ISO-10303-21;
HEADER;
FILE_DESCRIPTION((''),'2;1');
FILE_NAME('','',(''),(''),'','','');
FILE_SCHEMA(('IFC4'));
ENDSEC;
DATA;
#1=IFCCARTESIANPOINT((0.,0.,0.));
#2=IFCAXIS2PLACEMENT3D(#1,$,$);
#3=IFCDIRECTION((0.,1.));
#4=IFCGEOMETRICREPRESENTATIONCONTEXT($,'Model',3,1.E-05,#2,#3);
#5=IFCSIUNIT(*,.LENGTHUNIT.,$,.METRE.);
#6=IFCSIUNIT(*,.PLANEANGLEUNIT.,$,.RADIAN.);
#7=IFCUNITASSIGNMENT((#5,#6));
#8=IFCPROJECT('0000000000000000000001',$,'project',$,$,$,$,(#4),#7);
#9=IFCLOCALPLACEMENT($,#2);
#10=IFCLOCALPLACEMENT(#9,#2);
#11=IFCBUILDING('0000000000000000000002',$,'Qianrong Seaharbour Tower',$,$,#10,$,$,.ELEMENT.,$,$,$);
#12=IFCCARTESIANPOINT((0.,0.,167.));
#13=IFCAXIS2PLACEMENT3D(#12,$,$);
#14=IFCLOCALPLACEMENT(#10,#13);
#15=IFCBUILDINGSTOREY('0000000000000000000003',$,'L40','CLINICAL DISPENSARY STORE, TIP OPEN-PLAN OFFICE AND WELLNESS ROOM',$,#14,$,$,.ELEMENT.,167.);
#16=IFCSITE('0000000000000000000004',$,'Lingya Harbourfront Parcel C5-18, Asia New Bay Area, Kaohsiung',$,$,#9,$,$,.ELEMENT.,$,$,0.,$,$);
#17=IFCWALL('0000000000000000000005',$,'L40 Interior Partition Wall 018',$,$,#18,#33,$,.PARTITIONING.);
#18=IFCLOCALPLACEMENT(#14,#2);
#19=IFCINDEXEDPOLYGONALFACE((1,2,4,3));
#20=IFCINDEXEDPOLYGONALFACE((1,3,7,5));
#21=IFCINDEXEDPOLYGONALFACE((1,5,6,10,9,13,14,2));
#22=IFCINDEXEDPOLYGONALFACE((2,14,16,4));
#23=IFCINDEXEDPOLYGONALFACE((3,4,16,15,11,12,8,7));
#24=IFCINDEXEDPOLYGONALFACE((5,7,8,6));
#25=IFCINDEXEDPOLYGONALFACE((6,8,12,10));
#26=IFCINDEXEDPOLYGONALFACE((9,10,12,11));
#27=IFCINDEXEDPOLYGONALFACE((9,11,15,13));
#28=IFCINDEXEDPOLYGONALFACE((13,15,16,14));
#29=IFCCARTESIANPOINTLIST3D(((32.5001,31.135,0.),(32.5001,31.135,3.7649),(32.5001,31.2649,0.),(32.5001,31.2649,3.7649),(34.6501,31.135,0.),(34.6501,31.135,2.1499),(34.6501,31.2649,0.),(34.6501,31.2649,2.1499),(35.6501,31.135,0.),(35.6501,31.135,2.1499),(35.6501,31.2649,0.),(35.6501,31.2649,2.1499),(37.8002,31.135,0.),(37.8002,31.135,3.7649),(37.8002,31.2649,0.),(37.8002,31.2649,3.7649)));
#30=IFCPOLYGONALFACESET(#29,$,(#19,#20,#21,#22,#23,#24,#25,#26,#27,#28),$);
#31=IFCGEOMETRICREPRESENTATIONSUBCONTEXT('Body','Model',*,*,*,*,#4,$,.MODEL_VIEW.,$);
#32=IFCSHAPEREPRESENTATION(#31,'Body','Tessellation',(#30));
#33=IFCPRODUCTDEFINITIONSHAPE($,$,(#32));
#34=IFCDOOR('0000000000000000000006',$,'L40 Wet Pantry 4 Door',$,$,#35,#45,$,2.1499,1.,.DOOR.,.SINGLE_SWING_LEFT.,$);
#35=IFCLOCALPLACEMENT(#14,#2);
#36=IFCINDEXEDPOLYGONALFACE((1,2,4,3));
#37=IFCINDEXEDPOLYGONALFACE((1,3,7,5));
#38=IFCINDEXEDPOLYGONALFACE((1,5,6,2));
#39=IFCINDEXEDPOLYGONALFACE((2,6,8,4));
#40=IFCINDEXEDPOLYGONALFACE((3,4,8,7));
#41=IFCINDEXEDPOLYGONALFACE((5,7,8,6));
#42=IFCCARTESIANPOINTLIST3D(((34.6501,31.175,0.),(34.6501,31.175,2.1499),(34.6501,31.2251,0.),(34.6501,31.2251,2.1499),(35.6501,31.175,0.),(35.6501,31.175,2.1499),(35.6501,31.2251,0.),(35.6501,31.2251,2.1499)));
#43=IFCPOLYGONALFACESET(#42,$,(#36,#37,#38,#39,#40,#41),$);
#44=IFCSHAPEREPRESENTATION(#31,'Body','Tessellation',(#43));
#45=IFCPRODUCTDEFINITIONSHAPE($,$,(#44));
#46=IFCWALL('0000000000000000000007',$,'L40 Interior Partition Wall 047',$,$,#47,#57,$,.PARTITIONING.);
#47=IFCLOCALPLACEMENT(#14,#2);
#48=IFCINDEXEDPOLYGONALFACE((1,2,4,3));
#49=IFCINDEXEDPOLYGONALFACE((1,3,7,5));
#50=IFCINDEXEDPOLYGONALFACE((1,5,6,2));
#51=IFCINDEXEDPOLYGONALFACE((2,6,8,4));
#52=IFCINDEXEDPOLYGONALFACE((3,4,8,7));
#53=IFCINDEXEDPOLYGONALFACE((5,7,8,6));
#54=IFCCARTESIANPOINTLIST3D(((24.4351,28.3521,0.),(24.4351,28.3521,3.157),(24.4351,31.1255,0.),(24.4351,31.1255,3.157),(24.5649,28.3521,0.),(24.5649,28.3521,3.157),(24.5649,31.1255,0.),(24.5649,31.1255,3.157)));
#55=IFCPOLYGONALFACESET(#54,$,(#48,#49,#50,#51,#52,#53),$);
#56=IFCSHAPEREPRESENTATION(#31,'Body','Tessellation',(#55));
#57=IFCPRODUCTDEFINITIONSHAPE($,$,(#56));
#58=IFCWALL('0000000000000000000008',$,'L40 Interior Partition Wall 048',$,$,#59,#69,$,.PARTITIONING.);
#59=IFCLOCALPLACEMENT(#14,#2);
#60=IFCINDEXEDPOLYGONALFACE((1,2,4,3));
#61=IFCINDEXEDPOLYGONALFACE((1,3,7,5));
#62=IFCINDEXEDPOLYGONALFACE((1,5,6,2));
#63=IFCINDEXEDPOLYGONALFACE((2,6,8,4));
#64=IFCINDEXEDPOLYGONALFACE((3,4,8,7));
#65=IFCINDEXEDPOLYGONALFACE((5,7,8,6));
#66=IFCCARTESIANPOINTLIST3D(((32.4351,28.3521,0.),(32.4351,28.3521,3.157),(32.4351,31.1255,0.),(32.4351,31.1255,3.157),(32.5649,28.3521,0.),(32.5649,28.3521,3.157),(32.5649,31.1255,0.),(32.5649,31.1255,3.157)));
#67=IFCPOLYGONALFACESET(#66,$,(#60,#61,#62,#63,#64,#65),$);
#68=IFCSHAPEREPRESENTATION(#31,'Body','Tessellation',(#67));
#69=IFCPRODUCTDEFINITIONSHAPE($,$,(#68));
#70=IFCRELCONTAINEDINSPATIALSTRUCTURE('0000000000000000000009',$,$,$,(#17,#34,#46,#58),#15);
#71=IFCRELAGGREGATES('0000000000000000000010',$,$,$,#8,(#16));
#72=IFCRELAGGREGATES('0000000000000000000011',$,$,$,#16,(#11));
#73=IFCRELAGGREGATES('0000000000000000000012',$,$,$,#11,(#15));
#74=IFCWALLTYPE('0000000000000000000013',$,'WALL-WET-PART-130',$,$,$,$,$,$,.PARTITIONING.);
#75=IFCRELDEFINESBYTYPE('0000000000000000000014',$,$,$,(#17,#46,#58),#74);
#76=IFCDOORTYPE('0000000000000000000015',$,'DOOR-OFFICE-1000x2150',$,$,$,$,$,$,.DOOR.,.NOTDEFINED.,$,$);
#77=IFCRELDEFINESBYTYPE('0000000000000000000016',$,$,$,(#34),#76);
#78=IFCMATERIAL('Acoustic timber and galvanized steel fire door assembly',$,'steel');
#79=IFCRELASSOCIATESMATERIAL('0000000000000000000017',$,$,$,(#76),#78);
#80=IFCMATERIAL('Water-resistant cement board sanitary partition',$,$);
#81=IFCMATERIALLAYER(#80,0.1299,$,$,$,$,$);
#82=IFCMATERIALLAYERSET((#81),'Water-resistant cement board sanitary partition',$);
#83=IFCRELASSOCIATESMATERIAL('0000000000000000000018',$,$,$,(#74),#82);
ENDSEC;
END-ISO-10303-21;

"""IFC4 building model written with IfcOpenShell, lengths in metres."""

from ifc_helpers import new_model, si_unit, direction, frame, frame_2d, origin, place, context, subcontext, project, spatial, rectangle, extrude, material, layer, layer_set, type_object, element, fill, save


model = new_model("IFC4")

# Units and contexts
model_context = context("Model", 3, precision=1e-05, world=origin(), true_north=direction((0.0, 1.0)))
body_context = subcontext(model_context, "Body", "Model", "MODEL_VIEW")
ifc_project = project(units=[si_unit("LENGTHUNIT", "METRE"), si_unit("PLANEANGLEUNIT", "RADIAN")], contexts=[model_context])

# Site, building, storey
site_placement = place(None, origin())
site = spatial("IfcSite", under=ifc_project, at=site_placement, Name="Lingya Harbourfront Parcel C5-18, Asia New Bay Area, Kaohsiung", CompositionType="ELEMENT", RefElevation=0.0)
building_placement = place(site_placement, origin())
building = spatial("IfcBuilding", under=site, at=building_placement, Name="Qianrong Seaharbour Tower", CompositionType="ELEMENT")
storey_placement = place(building_placement, frame((0.0, 0.0, 167.0)))
storey = spatial("IfcBuildingStorey", under=building, at=storey_placement, Name="L40", Description="CLINICAL DISPENSARY STORE, TIP OPEN-PLAN OFFICE AND WELLNESS ROOM", CompositionType="ELEMENT", Elevation=167.0)

# Shared definitions
ifc_material_1 = material(Name="Acoustic timber and galvanized steel fire door assembly", Category="steel")
door_type = type_object("IfcDoorType", Name="DOOR-OFFICE-1000x2150", OperationType="NOTDEFINED", PredefinedType="DOOR", material=ifc_material_1)

# Wall, opening, door
ifc_material_2 = material(Name="Water-resistant cement board sanitary partition")
ifc_layer_1 = layer(ifc_material_2, 0.1299)
ifc_layer_set_1 = layer_set([ifc_layer_1], Name="Water-resistant cement board sanitary partition")
wall_type_1 = type_object("IfcWallType", Name="WALL-WET-PART-130", PredefinedType="PARTITIONING", material=ifc_layer_set_1)
wall_1_placement = place(storey_placement, frame((37.8, 31.2, 0.0), z_axis=(0.0, 0.0, 1.0), x_axis=(-1.0, 0.0, 0.0)))
wall_1 = element("IfcWall", 1, at=wall_1_placement, inside=storey, type_object=wall_type_1, Name="L40 Interior Partition Wall 018", PredefinedType="PARTITIONING", context=body_context, shape_type="SweptSolid", body=[
    extrude(rectangle(XDim=5.3, YDim=0.1299, at=frame_2d((2.6499, 0.0))), origin(), (0.0, 0.0, 1.0), 3.7649),
])
opening_1_placement = place(wall_1_placement, frame((2.1499, 0.0, 0.0)))
opening_1 = element("IfcOpeningElement", 2, at=opening_1_placement, cuts=wall_1, PredefinedType="OPENING", context=body_context, shape_type="SweptSolid", body=[
    extrude(rectangle(XDim=1.0, YDim=2.1499, at=frame_2d((0.5, 1.075))), frame((0.0, 0.075, 0.0), z_axis=(0.0, -1.0, 0.0), x_axis=(1.0, 0.0, 0.0)), (0.0, 0.0, 1.0), 0.1499),
])
door_1_placement = place(opening_1_placement, origin())
door_1 = element("IfcDoor", 3, at=door_1_placement, inside=storey, type_object=door_type, Name="L40 Wet Pantry 4 Door", OperationType="SINGLE_SWING_LEFT", OverallHeight=2.1499, OverallWidth=1.0, PredefinedType="DOOR", context=body_context, shape_type="SweptSolid", body=[
    extrude(rectangle(XDim=1.0, YDim=2.1499, at=frame_2d((0.5, 1.075))), frame((0.0, 0.0249, 0.0), z_axis=(0.0, -1.0, 0.0), x_axis=(1.0, 0.0, 0.0)), (0.0, 0.0, 1.0), 0.05),
])
fill(opening_1, door_1)

# Walls
for number, where, z_axis, x_axis, name in (
    (4, (24.5, 31.1255, 0.0), (0.0, 0.0, 1.0), (0.0, -1.0, 0.0), "L40 Interior Partition Wall 047"),
    (5, (32.5, 31.1255, 0.0), (0.0, 0.0, 1.0), (0.0, -1.0, 0.0), "L40 Interior Partition Wall 048"),
):
    element("IfcWall", number, at=place(storey_placement, frame(where, z_axis=z_axis, x_axis=x_axis)), inside=storey, type_object=wall_type_1, Name=name, PredefinedType="PARTITIONING", context=body_context, shape_type="SweptSolid", body=[
        extrude(rectangle(XDim=2.7734, YDim=0.1299, at=frame_2d((1.3867, 0.0))), origin(), (0.0, 0.0, 1.0), 3.157),
    ])

save(model, "model.ifc")
